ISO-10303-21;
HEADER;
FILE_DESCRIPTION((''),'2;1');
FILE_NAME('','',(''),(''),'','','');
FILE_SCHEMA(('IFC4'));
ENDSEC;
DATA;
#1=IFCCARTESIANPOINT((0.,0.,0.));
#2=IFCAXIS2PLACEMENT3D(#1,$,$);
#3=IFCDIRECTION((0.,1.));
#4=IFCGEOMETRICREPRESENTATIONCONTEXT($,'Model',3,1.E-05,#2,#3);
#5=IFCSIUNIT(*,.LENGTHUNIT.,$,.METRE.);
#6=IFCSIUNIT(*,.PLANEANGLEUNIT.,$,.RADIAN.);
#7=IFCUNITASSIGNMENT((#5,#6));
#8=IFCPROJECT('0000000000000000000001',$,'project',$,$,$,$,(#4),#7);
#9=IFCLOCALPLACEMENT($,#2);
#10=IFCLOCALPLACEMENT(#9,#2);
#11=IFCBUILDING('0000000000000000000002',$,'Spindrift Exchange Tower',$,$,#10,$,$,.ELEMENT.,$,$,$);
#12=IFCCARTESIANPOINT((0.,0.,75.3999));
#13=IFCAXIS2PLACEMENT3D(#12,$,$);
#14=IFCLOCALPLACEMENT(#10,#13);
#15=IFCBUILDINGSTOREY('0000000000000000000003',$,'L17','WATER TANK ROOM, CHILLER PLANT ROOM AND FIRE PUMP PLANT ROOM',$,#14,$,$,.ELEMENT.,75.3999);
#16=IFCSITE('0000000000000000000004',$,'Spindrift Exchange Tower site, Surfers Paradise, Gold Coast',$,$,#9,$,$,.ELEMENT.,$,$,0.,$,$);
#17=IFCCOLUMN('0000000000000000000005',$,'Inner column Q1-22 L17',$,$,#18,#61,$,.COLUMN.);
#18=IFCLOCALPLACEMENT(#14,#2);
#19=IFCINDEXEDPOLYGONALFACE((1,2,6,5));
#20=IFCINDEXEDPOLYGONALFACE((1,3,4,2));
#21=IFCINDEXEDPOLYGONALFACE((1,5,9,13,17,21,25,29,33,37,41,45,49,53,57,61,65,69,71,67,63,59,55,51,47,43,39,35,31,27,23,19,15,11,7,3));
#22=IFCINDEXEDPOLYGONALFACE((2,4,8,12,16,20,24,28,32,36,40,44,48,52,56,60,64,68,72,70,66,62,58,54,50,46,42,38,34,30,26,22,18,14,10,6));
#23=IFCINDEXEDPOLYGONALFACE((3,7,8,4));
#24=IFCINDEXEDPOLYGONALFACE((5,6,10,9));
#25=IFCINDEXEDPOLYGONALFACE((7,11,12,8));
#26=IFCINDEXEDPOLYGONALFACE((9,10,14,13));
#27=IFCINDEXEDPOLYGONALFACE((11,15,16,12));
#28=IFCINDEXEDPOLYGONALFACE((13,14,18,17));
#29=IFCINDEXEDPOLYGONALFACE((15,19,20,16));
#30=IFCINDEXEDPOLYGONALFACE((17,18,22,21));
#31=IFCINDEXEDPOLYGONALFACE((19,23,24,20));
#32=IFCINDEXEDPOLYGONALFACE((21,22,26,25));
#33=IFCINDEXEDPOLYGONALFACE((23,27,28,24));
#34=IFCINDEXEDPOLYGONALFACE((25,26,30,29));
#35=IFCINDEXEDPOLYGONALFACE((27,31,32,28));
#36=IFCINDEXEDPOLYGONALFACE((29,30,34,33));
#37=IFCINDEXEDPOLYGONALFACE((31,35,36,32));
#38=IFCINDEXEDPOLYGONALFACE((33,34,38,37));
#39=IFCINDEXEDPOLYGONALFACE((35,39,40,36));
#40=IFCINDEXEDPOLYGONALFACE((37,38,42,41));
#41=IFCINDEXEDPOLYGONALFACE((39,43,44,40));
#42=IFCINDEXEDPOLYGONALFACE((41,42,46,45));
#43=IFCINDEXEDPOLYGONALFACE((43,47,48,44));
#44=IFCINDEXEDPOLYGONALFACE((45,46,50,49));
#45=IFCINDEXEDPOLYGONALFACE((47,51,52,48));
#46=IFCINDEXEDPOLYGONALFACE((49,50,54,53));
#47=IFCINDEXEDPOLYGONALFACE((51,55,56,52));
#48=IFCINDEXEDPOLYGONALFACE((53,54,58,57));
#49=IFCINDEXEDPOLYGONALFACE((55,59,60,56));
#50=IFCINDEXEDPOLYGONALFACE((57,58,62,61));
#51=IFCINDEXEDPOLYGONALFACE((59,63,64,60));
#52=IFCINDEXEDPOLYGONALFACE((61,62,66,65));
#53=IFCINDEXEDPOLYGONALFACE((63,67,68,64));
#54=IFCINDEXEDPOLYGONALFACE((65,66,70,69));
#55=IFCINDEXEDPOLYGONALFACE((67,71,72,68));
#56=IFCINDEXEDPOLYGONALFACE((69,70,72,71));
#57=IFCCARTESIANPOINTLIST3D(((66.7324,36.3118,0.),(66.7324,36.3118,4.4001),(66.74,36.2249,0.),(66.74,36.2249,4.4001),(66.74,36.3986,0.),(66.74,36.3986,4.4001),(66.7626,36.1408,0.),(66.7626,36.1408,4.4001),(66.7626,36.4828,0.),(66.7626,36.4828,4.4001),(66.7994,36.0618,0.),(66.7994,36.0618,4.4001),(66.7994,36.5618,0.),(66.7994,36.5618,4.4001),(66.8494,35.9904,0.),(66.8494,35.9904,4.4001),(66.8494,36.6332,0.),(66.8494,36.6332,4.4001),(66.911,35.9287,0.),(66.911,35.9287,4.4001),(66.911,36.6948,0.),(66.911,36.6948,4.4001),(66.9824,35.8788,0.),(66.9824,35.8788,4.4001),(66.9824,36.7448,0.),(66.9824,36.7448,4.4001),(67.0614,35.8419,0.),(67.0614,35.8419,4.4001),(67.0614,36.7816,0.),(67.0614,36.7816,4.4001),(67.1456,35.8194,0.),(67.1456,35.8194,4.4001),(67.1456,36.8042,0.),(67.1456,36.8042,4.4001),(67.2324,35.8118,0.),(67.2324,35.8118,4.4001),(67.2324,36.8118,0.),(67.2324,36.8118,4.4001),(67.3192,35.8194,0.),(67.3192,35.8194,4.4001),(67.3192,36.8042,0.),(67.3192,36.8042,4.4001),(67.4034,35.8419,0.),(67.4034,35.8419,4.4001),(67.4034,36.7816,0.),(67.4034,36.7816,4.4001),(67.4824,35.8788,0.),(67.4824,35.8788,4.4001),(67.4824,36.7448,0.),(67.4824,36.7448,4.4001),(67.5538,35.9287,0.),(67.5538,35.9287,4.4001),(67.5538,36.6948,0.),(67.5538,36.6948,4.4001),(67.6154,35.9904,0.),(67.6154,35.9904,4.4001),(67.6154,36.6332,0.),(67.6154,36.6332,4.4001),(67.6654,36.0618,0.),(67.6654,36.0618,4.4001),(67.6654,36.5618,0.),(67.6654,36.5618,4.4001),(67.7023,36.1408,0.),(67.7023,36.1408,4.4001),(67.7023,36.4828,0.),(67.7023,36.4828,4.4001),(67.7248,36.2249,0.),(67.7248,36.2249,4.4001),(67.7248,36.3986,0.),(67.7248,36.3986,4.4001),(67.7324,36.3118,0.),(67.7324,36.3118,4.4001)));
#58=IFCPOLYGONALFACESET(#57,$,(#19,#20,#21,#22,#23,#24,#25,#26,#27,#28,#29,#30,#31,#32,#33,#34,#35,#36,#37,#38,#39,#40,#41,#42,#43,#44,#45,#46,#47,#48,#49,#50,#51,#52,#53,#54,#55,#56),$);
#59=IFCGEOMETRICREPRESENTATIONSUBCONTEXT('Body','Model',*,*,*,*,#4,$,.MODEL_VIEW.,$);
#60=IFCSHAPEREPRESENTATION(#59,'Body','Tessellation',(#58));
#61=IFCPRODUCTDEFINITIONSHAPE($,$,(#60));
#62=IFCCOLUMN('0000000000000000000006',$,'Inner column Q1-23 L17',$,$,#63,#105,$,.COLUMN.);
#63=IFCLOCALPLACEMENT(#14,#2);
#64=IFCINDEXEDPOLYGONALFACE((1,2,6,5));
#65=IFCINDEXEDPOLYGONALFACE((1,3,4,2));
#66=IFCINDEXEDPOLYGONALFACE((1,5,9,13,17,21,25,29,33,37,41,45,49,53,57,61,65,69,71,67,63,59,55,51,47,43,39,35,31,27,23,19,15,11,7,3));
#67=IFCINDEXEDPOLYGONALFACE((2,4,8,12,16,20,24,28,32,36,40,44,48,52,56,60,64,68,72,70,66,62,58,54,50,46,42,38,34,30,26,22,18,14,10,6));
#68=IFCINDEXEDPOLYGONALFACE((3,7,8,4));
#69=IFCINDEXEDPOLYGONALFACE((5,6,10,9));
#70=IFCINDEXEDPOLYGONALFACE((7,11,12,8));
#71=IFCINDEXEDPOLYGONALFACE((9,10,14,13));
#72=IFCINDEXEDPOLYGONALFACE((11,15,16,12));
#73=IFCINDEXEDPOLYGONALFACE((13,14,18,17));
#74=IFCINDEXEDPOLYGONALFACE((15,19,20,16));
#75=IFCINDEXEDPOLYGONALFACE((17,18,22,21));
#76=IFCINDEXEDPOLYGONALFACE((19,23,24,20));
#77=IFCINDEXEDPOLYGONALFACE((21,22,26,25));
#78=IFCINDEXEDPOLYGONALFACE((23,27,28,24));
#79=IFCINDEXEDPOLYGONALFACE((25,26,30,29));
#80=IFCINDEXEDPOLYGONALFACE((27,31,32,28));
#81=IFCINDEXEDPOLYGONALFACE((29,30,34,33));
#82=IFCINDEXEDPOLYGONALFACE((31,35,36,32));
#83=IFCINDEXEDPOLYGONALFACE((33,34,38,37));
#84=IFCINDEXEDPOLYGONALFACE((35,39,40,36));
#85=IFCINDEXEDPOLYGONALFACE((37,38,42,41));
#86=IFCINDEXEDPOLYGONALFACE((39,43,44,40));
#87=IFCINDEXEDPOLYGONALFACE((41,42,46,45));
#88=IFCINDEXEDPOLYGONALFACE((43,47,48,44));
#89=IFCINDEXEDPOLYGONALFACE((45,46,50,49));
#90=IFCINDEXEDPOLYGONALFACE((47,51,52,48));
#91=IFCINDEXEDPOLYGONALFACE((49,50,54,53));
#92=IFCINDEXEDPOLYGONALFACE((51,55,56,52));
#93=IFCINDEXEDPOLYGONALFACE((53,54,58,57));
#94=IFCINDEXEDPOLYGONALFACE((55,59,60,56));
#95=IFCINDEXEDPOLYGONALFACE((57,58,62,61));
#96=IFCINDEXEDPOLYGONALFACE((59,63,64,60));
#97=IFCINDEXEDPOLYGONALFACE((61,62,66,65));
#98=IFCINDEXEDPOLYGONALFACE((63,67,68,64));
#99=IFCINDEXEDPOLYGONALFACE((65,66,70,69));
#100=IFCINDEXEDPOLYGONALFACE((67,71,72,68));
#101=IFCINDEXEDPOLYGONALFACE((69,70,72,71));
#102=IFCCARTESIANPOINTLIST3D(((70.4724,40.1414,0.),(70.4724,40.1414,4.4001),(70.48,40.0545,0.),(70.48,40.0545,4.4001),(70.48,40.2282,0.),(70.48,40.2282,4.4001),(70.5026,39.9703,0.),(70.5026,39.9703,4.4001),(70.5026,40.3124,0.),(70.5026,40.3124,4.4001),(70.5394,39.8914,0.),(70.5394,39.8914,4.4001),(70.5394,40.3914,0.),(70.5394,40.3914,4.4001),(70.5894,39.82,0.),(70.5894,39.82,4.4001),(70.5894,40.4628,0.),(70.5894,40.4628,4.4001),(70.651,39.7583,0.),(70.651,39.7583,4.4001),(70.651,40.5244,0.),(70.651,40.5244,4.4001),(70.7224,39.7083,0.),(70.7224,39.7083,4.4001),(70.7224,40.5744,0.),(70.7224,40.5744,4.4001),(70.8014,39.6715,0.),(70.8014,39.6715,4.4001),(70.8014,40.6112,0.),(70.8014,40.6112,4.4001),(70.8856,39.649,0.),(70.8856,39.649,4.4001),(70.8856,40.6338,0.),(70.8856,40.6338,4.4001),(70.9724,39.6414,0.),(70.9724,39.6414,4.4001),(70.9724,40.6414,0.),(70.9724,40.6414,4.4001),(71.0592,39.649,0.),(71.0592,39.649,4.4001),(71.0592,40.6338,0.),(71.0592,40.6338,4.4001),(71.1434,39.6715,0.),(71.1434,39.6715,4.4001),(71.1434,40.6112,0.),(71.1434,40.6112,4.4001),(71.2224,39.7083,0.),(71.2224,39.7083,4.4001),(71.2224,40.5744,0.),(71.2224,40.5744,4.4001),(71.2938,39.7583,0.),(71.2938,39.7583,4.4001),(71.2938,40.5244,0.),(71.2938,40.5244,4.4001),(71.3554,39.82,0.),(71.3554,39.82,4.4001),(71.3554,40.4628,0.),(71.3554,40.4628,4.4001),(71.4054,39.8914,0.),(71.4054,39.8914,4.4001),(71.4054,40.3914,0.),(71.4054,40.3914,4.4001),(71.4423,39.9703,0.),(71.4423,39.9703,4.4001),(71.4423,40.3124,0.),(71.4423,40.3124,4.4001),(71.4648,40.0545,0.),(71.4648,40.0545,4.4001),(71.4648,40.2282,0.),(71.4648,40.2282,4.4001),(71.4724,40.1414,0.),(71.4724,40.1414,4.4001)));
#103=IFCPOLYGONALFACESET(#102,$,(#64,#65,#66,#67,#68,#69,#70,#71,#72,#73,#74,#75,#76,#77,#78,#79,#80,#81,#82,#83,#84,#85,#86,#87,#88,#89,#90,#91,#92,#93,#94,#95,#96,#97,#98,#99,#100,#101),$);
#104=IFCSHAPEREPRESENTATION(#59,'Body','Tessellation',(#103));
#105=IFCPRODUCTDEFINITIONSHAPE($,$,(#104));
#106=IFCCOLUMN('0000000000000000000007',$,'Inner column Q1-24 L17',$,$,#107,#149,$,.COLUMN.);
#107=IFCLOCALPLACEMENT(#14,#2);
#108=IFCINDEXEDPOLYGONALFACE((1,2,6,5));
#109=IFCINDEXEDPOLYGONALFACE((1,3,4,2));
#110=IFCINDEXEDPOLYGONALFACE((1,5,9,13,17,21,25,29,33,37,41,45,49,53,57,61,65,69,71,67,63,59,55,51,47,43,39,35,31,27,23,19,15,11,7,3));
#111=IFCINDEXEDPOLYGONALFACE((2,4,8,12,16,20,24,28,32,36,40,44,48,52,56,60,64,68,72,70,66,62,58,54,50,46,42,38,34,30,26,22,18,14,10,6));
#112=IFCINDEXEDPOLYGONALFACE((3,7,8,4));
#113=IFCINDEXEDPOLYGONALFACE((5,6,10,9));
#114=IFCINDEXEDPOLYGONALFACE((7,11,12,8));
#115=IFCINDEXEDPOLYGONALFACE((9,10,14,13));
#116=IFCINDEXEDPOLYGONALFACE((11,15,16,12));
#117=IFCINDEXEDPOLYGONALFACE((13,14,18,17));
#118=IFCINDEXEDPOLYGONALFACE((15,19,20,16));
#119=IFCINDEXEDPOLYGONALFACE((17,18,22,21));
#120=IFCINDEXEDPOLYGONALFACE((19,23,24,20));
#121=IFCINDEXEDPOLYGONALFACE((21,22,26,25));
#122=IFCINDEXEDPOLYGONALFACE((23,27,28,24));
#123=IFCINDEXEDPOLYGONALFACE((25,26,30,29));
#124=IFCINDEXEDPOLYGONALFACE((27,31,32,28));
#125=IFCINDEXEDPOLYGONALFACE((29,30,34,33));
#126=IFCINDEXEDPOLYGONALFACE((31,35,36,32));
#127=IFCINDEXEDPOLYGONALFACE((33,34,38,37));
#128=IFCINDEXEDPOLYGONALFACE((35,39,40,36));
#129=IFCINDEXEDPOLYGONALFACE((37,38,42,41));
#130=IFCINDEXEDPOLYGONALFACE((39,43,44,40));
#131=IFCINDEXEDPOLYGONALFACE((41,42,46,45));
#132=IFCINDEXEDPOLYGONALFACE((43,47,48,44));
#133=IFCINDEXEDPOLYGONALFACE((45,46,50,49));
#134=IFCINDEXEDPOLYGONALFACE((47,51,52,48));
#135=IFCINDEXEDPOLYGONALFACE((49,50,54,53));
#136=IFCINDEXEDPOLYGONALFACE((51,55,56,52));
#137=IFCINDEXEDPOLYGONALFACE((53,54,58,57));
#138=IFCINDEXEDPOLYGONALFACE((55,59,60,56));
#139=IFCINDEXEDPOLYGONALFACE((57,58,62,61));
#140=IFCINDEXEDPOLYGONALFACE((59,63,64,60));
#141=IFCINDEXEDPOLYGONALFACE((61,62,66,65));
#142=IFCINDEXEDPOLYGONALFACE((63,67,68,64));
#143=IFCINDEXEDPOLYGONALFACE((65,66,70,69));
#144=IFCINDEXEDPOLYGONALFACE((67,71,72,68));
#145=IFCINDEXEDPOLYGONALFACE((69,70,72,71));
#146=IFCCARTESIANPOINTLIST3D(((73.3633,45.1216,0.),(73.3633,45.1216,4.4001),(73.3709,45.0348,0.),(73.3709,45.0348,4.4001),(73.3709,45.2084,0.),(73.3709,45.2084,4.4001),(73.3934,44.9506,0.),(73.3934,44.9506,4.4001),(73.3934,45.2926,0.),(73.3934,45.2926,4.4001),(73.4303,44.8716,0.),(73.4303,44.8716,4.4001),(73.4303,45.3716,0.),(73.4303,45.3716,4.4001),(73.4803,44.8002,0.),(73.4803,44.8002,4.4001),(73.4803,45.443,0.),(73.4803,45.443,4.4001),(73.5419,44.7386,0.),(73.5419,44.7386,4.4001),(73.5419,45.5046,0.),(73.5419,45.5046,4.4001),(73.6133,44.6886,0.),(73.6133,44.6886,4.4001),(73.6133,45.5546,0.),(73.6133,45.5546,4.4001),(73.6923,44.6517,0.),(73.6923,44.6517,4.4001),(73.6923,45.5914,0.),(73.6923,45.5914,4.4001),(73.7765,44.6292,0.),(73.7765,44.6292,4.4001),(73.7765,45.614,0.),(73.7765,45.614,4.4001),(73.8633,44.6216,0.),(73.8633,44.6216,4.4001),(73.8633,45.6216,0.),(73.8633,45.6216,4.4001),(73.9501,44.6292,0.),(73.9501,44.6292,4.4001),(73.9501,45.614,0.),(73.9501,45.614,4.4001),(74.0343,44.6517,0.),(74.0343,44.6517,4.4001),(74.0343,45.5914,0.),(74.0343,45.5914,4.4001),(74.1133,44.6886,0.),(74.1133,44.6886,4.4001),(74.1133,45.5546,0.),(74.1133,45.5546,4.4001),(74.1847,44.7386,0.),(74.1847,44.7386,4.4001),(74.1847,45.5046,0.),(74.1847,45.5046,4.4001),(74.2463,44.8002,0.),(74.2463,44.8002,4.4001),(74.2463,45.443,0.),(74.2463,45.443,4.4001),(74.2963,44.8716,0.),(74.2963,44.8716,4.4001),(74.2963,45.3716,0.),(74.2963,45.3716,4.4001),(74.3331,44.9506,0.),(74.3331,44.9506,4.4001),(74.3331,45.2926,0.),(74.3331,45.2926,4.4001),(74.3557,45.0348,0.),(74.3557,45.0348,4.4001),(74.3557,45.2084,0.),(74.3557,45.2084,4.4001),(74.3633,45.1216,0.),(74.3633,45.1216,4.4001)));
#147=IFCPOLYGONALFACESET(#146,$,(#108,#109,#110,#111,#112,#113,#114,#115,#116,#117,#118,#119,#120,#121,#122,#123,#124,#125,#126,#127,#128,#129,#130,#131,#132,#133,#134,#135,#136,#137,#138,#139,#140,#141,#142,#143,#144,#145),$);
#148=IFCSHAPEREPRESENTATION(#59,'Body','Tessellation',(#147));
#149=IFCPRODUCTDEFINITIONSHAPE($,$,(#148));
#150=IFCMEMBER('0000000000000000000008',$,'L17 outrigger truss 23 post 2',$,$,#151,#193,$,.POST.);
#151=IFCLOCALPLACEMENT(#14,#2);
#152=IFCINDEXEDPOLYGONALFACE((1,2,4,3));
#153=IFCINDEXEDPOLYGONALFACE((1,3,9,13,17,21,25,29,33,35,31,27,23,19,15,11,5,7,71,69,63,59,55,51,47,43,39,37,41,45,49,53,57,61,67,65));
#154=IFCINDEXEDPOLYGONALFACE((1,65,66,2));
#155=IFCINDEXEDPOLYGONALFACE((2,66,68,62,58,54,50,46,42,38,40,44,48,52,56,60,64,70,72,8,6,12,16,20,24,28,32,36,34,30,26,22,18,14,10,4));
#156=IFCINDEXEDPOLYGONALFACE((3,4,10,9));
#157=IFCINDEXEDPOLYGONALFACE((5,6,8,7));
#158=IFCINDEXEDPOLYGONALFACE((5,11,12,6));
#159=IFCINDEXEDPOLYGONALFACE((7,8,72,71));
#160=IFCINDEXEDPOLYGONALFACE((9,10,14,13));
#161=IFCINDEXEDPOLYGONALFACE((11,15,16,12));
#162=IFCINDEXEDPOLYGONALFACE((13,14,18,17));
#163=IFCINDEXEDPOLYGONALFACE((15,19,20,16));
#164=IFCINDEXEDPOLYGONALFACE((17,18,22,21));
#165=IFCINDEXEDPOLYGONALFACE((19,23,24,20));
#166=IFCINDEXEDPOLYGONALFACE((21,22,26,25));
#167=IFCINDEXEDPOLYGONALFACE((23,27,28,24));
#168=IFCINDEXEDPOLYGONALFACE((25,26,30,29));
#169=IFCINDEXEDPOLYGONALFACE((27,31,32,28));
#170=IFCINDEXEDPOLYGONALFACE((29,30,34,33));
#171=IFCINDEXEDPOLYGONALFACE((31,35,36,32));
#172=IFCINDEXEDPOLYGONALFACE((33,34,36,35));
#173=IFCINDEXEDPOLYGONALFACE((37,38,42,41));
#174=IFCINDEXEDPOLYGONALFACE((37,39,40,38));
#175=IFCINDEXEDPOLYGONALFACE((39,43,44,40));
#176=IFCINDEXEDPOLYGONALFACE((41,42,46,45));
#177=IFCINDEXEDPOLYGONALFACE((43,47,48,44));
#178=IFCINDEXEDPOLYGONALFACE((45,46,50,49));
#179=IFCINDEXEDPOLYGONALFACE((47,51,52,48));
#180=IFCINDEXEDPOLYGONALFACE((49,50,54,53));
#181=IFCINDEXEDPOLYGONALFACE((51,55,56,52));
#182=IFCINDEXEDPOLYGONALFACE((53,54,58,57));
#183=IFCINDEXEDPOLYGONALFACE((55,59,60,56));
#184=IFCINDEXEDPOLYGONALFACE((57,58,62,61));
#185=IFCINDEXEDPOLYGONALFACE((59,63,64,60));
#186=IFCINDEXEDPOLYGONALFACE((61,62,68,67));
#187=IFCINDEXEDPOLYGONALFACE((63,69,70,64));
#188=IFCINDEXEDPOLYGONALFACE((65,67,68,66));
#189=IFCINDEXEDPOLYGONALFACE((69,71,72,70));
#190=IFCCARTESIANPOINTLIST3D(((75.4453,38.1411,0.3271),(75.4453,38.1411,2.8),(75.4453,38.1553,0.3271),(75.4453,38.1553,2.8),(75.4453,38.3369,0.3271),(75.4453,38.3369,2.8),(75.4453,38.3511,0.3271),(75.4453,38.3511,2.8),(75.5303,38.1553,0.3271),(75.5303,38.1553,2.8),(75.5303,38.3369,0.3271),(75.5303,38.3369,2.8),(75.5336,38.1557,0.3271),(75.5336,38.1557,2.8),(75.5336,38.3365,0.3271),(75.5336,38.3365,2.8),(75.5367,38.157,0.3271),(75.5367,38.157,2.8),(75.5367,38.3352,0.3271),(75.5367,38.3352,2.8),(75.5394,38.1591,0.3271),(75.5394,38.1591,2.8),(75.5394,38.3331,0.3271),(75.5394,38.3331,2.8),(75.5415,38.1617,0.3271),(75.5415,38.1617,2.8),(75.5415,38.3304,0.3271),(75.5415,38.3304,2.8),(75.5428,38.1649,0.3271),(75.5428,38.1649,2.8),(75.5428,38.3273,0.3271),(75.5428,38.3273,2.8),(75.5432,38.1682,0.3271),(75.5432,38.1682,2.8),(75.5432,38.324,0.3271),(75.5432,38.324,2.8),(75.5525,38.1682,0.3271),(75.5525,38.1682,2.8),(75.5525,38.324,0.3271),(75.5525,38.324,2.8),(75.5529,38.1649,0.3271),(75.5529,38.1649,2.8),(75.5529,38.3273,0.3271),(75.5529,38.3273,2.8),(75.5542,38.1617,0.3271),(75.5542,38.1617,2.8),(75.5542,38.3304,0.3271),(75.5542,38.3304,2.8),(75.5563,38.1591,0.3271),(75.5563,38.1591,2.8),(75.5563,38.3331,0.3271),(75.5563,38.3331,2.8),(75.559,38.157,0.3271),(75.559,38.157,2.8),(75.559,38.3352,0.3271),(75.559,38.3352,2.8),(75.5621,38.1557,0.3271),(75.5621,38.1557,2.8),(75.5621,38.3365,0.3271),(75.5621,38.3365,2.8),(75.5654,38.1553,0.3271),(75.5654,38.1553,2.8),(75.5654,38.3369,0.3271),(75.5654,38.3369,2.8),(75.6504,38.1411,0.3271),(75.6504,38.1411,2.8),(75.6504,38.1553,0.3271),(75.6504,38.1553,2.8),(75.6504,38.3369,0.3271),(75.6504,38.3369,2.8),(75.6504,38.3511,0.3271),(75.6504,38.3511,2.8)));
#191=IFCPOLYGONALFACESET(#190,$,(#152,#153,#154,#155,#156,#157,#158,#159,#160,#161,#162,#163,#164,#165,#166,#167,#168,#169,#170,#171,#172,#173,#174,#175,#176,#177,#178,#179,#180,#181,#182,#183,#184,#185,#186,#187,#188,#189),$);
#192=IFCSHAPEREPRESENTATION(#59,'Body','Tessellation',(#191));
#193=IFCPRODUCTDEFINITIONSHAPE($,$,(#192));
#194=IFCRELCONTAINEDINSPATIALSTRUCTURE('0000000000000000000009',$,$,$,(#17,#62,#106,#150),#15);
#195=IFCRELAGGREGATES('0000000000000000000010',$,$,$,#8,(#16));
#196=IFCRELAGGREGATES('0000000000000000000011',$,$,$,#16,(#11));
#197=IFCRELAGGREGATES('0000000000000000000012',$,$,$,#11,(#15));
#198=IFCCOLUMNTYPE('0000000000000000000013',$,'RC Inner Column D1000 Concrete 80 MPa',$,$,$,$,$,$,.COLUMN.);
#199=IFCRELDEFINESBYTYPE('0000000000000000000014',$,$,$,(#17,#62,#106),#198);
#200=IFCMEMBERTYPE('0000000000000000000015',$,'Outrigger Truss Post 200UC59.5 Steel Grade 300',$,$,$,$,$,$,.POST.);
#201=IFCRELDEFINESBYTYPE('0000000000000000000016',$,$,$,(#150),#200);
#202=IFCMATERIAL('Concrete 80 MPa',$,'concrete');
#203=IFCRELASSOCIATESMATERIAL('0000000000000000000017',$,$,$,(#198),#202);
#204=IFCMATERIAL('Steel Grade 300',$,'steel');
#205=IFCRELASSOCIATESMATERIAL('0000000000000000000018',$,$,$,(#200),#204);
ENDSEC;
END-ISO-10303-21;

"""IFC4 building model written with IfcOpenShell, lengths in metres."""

from ifc_helpers import new_model, si_unit, direction, frame, origin, origin_2d, place, context, subcontext, project, spatial, circle, i_section, extrude, source, transform, mapped, material, material_profile, profile_set, type_object, element, save


model = new_model("IFC4")

# Units and contexts
model_context = context("Model", 3, precision=1e-05, world=origin(), true_north=direction((0.0, 1.0)))
body_context = subcontext(model_context, "Body", "Model", "MODEL_VIEW")
ifc_project = project(units=[si_unit("LENGTHUNIT", "METRE"), si_unit("PLANEANGLEUNIT", "RADIAN")], contexts=[model_context])

# Site, building, storey
site_placement = place(None, origin())
site = spatial("IfcSite", under=ifc_project, at=site_placement, Name="Spindrift Exchange Tower site, Surfers Paradise, Gold Coast", CompositionType="ELEMENT", RefElevation=0.0)
building_placement = place(site_placement, origin())
building = spatial("IfcBuilding", under=site, at=building_placement, Name="Spindrift Exchange Tower", CompositionType="ELEMENT")
storey_placement = place(building_placement, frame((0.0, 0.0, 75.3999)))
storey = spatial("IfcBuildingStorey", under=building, at=storey_placement, Name="L17", Description="WATER TANK ROOM, CHILLER PLANT ROOM AND FIRE PUMP PLANT ROOM", CompositionType="ELEMENT", Elevation=75.3999)

# Columns
ifc_material_1 = material(Name="Concrete 80 MPa", Category="concrete")
ifc_material_profile_1 = material_profile(ifc_material_1, circle(Radius=0.5, at=origin_2d()), Name="RC D1000")
ifc_profile_set_1 = profile_set([ifc_material_profile_1], Name="Concrete 80 MPa")
column_type = type_object("IfcColumnType", Name="RC Inner Column D1000 Concrete 80 MPa", PredefinedType="COLUMN", material=ifc_profile_set_1)
shared_shape_1 = source(origin(), body_context, "Body", "SweptSolid", [
    extrude(circle(Radius=0.5, at=origin_2d()), origin(), (0.0, 0.0, 1.0), 4.4001),
])
for number, where, z_axis, x_axis, name in (
    (1, (67.2324, 36.3118, 0.0), (0.0, 0.0, 1.0), (1.0, 0.0, 0.0), "Inner column Q1-22 L17"),
    (2, (70.9724, 40.1414, 0.0), (0.0, 0.0, 1.0), (1.0, 0.0, 0.0), "Inner column Q1-23 L17"),
    (3, (73.8633, 45.1216, 0.0), (0.0, 0.0, 1.0), (1.0, 0.0, 0.0), "Inner column Q1-24 L17"),
):
    element("IfcColumn", number, at=place(storey_placement, frame(where, z_axis=z_axis, x_axis=x_axis)), inside=storey, type_object=column_type, Name=name, PredefinedType="COLUMN", context=body_context, shape_type="MappedRepresentation", body=[
        mapped(shared_shape_1, transform((0.0, 0.0, 0.0), scale=1.0)),
    ])

# Member
ifc_material_2 = material(Name="Steel Grade 300", Category="steel")
ifc_material_profile_2 = material_profile(ifc_material_2, i_section(OverallWidth=0.2051, OverallDepth=0.21, WebThickness=0.0093, FlangeThickness=0.0142, FilletRadius=0.0129, at=origin_2d()), Name="200UC59.5")
ifc_profile_set_2 = profile_set([ifc_material_profile_2], Name="Steel Grade 300")
member_type_1 = type_object("IfcMemberType", Name="Outrigger Truss Post 200UC59.5 Steel Grade 300", PredefinedType="POST", material=ifc_profile_set_2)
shared_shape_2 = source(origin(), body_context, "Body", "SweptSolid", [
    extrude(i_section(OverallWidth=0.2051, OverallDepth=0.21, WebThickness=0.0093, FlangeThickness=0.0142, FilletRadius=0.0129, at=origin_2d()), origin(), (0.0, 0.0, 1.0), 2.4729),
])
for number, where, z_axis, x_axis, name in (
    (4, (75.5479, 38.2461, 0.3271), (0.0, 0.0, 1.0), (1.0, 0.0, 0.0), "L17 outrigger truss 23 post 2"),
):
    element("IfcMember", number, at=place(storey_placement, frame(where, z_axis=z_axis, x_axis=x_axis)), inside=storey, type_object=member_type_1, Name=name, PredefinedType="POST", context=body_context, shape_type="MappedRepresentation", body=[
        mapped(shared_shape_2, transform((0.0, 0.0, 0.0), scale=1.0)),
    ])

save(model, "model.ifc")
